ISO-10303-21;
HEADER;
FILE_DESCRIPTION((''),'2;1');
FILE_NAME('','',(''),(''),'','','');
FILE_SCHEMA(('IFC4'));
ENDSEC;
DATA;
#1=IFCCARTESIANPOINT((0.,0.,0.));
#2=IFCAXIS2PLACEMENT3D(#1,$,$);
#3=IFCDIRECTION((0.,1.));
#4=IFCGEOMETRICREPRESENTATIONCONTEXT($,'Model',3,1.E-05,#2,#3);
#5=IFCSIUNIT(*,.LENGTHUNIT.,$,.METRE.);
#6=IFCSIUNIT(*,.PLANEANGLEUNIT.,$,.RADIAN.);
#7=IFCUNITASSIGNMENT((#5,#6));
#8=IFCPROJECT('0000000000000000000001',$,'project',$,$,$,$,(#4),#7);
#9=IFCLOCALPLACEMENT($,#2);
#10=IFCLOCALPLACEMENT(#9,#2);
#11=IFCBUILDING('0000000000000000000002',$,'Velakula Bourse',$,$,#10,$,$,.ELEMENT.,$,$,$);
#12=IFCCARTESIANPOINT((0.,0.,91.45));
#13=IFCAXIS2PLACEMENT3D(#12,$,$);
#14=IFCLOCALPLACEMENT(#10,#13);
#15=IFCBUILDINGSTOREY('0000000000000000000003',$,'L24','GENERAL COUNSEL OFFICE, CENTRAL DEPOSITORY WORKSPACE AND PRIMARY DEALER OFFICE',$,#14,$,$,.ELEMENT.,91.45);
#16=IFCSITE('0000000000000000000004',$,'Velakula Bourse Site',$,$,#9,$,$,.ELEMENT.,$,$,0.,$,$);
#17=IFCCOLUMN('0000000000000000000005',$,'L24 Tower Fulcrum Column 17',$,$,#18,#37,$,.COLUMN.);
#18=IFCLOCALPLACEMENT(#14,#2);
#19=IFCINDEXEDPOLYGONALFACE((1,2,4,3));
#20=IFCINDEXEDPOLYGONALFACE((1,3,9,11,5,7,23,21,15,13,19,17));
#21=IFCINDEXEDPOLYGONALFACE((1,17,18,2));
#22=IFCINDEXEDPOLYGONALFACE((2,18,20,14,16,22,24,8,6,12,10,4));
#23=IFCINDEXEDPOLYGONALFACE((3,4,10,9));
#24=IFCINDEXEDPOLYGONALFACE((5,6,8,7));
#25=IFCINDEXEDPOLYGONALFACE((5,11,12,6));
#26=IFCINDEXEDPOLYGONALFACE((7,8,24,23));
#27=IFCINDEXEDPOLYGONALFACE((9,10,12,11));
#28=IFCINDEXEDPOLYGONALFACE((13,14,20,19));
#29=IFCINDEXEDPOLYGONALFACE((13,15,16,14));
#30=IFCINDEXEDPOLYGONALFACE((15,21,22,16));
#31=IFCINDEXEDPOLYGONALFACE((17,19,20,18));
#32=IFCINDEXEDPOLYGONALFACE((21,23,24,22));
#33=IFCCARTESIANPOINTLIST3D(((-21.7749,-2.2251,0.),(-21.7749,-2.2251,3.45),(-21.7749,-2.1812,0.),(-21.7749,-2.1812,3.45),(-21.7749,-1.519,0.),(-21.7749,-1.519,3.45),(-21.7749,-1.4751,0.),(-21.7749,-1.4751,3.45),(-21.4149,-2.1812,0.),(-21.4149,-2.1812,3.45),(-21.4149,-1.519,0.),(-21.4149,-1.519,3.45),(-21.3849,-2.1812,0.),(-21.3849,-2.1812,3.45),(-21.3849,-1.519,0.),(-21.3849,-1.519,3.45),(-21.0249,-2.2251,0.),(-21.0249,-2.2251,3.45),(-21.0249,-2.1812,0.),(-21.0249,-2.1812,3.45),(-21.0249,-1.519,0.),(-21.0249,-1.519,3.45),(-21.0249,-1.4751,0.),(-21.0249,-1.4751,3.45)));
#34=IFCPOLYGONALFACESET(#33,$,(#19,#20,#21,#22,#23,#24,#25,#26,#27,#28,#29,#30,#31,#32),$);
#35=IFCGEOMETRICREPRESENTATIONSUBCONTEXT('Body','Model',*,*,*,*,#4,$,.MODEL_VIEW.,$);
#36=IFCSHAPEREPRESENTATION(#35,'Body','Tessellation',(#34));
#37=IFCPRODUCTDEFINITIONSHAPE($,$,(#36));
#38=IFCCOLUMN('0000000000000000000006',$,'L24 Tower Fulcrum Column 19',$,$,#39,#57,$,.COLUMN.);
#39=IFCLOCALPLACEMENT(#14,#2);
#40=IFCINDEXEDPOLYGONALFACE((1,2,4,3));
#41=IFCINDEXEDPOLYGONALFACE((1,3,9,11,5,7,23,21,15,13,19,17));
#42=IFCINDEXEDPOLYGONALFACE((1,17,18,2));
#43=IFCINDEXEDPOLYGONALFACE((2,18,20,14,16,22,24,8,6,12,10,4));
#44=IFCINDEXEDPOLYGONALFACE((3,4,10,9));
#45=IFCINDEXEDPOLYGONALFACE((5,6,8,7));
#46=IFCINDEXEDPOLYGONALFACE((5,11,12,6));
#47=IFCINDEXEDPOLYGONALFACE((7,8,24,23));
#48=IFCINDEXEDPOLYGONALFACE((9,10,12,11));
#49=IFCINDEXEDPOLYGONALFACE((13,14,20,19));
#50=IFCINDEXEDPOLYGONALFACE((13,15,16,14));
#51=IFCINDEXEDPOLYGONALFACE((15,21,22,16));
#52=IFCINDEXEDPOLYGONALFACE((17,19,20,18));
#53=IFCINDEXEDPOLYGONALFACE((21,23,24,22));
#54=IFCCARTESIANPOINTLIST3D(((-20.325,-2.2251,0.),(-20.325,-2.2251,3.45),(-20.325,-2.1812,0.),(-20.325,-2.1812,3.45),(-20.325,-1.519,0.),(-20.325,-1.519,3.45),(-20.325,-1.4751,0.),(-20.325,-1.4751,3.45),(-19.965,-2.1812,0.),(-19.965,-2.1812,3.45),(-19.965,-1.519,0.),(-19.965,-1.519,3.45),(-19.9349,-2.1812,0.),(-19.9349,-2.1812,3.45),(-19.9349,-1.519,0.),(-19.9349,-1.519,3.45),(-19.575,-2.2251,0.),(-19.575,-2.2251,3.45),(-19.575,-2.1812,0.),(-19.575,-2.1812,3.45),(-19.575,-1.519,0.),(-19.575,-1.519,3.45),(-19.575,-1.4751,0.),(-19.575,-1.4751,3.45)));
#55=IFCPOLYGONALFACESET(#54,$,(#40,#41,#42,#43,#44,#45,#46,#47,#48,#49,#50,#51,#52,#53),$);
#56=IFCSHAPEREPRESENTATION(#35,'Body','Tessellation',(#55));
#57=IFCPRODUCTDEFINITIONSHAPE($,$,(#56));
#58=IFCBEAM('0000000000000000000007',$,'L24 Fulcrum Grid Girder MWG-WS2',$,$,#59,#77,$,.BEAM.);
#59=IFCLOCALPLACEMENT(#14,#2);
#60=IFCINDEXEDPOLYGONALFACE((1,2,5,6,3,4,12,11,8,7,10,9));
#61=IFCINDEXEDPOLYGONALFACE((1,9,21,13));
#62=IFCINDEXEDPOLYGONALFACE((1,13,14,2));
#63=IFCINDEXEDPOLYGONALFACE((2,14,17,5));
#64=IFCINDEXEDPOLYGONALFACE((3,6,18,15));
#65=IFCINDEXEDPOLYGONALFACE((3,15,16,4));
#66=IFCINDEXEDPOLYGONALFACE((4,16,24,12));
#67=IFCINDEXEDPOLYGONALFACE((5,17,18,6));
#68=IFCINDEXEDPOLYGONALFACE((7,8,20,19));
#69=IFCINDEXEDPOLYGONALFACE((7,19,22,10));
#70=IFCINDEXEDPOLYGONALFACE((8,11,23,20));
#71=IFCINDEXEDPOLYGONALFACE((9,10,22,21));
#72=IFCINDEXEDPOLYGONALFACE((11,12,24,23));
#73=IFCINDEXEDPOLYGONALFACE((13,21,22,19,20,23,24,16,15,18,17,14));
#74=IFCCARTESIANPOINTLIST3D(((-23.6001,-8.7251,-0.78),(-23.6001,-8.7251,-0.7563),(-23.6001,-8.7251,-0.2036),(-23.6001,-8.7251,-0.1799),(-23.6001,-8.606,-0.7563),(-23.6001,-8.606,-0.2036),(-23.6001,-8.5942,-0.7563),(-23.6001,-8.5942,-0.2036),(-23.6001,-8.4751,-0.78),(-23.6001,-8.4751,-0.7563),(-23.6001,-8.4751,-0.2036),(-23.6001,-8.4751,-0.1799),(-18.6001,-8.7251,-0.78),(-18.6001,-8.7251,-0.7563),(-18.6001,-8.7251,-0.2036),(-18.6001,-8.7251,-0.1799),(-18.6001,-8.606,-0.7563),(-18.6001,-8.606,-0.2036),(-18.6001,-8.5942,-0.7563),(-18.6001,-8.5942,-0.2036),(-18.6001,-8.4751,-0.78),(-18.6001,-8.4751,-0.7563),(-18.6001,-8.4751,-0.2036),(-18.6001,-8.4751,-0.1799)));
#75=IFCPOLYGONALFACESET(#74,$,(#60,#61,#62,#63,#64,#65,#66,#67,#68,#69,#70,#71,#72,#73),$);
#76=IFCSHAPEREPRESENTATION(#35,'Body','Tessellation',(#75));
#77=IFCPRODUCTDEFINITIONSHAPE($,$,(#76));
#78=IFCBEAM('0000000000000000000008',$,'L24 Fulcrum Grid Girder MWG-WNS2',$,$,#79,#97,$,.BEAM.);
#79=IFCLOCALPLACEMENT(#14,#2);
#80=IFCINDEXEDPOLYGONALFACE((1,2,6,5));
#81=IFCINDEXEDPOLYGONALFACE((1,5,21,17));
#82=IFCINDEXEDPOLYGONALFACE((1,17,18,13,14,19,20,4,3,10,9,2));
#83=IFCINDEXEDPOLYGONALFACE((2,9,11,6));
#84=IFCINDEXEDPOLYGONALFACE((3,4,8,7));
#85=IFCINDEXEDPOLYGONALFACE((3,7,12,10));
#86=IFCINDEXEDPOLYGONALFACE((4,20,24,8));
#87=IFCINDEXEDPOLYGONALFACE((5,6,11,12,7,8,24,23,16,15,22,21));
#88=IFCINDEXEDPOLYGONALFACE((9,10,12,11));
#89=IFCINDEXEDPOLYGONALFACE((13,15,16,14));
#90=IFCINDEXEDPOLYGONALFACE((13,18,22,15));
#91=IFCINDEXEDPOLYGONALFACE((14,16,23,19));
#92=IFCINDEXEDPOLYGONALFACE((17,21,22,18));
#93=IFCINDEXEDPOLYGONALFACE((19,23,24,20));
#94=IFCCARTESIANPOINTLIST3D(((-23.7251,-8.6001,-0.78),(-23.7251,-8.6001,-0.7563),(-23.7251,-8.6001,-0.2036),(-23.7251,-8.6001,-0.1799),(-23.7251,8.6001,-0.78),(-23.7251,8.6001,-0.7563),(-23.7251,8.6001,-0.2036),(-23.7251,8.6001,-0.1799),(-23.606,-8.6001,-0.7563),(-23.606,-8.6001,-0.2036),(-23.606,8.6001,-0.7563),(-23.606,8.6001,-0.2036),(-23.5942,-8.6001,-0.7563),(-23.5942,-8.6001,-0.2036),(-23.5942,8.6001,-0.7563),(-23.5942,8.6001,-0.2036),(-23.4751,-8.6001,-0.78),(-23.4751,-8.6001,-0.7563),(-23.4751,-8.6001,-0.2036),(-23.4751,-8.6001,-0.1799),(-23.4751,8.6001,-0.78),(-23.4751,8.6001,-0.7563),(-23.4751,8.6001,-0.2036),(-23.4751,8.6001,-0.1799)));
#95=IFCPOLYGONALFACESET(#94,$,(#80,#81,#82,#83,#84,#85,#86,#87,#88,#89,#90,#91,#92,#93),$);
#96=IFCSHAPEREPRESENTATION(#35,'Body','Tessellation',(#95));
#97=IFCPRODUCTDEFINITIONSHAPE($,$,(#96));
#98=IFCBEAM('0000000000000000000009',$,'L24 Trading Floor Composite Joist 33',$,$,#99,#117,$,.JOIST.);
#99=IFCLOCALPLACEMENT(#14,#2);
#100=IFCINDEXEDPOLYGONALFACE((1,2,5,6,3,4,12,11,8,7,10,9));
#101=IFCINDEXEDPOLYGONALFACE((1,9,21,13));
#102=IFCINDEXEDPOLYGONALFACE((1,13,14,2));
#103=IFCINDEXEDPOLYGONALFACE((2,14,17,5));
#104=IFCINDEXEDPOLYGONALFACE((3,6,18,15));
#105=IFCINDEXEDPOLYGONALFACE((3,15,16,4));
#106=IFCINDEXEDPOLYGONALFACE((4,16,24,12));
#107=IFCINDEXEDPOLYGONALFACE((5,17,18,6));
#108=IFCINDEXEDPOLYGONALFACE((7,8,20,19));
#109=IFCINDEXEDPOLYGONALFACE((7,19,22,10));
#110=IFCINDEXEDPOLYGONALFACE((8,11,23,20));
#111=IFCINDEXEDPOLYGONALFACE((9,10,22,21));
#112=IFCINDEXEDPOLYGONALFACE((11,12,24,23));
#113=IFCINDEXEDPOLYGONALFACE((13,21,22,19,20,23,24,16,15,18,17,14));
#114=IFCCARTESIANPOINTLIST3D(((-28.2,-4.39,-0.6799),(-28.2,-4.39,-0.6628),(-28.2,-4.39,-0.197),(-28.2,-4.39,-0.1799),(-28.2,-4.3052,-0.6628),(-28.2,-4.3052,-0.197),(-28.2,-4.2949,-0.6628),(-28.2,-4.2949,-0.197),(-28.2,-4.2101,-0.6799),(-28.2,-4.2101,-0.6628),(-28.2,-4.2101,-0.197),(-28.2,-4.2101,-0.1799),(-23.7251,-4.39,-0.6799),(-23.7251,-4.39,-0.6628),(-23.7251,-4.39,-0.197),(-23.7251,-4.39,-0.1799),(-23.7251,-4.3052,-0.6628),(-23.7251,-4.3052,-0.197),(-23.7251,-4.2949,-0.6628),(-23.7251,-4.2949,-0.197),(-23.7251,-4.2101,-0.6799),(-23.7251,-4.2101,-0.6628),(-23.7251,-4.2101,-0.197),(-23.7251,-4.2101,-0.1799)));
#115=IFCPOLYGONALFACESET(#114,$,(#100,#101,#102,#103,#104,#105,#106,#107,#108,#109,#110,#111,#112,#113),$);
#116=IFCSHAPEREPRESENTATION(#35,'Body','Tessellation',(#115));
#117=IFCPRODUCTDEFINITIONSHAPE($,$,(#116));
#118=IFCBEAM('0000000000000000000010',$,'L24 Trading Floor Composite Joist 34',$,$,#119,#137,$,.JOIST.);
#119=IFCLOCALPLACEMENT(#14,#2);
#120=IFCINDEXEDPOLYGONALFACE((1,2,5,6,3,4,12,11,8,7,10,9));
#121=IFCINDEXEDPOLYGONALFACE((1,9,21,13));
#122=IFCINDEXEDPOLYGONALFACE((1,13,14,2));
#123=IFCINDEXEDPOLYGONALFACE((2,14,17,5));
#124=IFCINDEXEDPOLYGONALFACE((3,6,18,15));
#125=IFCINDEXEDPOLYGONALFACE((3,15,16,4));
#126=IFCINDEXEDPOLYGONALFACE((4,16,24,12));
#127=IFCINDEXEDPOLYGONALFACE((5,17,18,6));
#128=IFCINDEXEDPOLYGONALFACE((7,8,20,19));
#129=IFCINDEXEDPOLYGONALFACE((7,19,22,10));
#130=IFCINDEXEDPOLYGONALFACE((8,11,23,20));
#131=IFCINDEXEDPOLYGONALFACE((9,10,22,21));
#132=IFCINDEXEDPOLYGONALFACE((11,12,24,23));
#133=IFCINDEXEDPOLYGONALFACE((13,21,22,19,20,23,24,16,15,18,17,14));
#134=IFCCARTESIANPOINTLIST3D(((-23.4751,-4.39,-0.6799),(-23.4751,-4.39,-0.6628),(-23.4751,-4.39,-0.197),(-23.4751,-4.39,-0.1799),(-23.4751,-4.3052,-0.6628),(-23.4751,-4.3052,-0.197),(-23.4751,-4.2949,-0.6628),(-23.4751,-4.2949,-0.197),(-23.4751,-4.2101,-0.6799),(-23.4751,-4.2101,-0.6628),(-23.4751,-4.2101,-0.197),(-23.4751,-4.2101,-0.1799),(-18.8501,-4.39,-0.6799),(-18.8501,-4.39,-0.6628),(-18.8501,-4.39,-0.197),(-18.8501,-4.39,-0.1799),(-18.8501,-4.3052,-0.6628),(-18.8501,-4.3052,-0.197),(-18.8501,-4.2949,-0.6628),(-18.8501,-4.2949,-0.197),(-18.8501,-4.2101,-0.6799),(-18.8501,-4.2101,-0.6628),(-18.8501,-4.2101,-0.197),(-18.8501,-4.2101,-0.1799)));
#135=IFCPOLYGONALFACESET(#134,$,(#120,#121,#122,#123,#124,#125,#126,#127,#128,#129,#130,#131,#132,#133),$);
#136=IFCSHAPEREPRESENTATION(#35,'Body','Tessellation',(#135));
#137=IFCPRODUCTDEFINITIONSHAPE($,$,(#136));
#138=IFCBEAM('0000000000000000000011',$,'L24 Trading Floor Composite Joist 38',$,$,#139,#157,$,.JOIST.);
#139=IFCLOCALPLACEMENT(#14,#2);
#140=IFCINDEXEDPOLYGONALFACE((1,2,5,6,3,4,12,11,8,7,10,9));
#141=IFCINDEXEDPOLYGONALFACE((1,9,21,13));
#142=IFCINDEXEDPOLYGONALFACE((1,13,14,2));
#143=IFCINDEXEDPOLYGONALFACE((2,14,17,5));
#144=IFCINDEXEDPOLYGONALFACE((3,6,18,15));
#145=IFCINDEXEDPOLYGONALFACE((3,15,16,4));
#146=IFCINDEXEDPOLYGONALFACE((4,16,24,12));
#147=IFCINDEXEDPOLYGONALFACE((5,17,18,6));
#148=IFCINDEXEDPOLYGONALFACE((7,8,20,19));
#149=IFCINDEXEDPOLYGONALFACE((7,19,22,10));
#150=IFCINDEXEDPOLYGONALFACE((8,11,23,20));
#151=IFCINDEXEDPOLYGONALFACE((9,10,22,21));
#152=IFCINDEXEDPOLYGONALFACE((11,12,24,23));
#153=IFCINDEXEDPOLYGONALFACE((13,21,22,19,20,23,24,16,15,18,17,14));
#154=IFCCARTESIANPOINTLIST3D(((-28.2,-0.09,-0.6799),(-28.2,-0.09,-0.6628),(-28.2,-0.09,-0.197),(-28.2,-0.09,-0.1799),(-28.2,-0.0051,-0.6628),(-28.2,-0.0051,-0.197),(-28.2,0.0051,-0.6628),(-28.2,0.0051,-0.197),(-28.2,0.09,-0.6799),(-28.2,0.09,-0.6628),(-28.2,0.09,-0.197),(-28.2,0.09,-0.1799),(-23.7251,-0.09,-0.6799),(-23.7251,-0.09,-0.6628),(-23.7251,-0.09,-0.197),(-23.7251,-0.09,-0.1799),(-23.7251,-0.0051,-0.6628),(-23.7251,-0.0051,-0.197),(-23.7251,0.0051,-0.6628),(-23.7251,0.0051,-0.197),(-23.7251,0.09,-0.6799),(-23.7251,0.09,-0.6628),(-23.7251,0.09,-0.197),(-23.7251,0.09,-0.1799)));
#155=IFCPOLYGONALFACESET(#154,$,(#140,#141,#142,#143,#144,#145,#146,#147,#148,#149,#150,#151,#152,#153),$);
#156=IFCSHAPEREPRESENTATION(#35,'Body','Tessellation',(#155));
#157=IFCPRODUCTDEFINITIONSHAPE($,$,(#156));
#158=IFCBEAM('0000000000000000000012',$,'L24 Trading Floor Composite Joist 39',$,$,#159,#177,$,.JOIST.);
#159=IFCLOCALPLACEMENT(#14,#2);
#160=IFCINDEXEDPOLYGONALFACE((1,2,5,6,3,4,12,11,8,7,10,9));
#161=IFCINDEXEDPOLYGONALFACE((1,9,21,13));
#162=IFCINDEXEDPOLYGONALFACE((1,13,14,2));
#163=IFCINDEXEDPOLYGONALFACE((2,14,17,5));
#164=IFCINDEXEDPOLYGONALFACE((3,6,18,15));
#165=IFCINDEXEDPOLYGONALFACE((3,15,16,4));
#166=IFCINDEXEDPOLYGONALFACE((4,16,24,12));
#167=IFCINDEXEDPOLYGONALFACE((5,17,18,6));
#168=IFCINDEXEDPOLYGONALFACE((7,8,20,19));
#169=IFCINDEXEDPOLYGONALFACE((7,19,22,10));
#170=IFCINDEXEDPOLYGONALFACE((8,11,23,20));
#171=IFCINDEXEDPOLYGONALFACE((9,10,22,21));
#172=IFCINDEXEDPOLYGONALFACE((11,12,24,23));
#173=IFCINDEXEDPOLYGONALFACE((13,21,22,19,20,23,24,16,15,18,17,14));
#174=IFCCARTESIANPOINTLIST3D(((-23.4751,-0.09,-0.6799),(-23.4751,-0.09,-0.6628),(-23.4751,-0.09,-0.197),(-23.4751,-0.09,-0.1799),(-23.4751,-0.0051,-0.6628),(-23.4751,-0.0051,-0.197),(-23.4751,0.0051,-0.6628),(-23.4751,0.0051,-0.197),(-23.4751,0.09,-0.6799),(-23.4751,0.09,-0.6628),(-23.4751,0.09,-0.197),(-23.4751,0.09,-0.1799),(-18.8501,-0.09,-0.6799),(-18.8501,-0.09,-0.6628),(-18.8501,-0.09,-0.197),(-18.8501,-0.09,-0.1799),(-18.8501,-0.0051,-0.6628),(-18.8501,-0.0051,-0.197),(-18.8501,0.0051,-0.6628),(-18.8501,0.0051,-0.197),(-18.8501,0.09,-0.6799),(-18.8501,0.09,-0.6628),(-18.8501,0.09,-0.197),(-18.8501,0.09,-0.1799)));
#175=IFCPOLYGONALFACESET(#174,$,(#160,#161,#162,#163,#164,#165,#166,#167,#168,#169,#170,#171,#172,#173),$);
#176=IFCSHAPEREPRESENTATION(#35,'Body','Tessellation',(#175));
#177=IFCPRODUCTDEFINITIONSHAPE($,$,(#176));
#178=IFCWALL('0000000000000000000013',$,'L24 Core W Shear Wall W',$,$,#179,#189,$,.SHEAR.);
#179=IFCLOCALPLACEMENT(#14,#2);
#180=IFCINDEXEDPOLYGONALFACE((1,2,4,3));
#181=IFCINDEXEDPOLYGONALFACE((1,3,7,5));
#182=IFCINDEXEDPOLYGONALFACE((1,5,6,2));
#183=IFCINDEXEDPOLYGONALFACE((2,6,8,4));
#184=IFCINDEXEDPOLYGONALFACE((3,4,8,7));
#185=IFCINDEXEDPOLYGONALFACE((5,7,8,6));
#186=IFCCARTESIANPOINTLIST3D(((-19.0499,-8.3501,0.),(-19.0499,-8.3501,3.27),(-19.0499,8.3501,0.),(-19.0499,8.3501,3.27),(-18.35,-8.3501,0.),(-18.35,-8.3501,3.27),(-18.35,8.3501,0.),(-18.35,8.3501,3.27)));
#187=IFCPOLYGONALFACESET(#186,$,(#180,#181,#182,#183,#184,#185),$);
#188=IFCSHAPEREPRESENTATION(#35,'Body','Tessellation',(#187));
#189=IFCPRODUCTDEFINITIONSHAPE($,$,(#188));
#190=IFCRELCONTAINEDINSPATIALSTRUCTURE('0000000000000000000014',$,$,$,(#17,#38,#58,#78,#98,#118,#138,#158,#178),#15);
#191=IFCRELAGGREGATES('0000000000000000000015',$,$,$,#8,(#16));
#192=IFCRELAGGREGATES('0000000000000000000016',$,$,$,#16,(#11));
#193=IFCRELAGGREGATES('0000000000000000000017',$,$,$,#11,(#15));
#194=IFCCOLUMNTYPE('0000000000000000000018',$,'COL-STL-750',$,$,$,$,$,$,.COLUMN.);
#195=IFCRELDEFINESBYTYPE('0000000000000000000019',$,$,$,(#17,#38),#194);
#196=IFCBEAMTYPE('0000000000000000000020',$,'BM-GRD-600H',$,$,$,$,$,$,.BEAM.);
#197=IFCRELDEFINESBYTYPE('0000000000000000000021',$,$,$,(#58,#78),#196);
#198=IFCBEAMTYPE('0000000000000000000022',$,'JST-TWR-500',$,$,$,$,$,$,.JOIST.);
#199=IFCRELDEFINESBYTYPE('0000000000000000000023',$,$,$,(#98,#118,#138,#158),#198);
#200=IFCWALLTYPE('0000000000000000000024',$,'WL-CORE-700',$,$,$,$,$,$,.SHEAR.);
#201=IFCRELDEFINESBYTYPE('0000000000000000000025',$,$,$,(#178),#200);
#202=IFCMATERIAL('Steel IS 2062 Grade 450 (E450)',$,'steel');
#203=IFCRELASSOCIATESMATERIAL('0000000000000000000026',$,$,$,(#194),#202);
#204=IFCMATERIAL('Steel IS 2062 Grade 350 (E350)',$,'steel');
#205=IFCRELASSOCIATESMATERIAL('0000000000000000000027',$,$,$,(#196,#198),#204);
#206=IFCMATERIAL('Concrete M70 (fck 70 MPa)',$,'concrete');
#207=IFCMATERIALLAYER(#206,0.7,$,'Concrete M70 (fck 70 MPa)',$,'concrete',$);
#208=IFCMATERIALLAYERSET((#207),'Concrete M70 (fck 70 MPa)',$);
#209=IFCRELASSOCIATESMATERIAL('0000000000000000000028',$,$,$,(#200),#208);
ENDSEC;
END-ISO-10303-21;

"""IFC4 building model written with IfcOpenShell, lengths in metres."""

from ifc_helpers import new_model, si_unit, direction, frame, frame_2d, origin, origin_2d, place, context, subcontext, project, spatial, rectangle, i_section, extrude, material, layer, layer_set, material_profile, profile_set, type_object, element, save


model = new_model("IFC4")

# Units and contexts
model_context = context("Model", 3, precision=1e-05, world=origin(), true_north=direction((0.0, 1.0)))
body_context = subcontext(model_context, "Body", "Model", "MODEL_VIEW")
ifc_project = project(units=[si_unit("LENGTHUNIT", "METRE"), si_unit("PLANEANGLEUNIT", "RADIAN")], contexts=[model_context])

# Site, building, storey
site_placement = place(None, origin())
site = spatial("IfcSite", under=ifc_project, at=site_placement, Name="Velakula Bourse Site", CompositionType="ELEMENT", RefElevation=0.0)
building_placement = place(site_placement, origin())
building = spatial("IfcBuilding", under=site, at=building_placement, Name="Velakula Bourse", CompositionType="ELEMENT")
storey_placement = place(building_placement, frame((0.0, 0.0, 91.45)))
storey = spatial("IfcBuildingStorey", under=building, at=storey_placement, Name="L24", Description="GENERAL COUNSEL OFFICE, CENTRAL DEPOSITORY WORKSPACE AND PRIMARY DEALER OFFICE", CompositionType="ELEMENT", Elevation=91.45)

# Columns
ifc_material_1 = material(Name="Steel IS 2062 Grade 450 (E450)", Category="steel")
ifc_material_profile_1 = material_profile(ifc_material_1, i_section(OverallWidth=0.75, OverallDepth=0.75, WebThickness=0.03, FlangeThickness=0.0439, at=origin_2d()), Name="Steel IS 2062 Grade 450 (E450)")
ifc_profile_set_1 = profile_set([ifc_material_profile_1], Name="Steel IS 2062 Grade 450 (E450)")
column_type = type_object("IfcColumnType", Name="COL-STL-750", PredefinedType="COLUMN", material=ifc_profile_set_1)
for number, where, z_axis, x_axis, name in (
    (1, (-21.3999, -1.8501, 0.0), (0.0, 0.0, 1.0), (1.0, 0.0, 0.0), "L24 Tower Fulcrum Column 17"),
    (2, (-19.95, -1.8501, 0.0), (0.0, 0.0, 1.0), (1.0, 0.0, 0.0), "L24 Tower Fulcrum Column 19"),
):
    element("IfcColumn", number, at=place(storey_placement, frame(where, z_axis=z_axis, x_axis=x_axis)), inside=storey, type_object=column_type, Name=name, PredefinedType="COLUMN", context=body_context, shape_type="SweptSolid", body=[
        extrude(i_section(OverallWidth=0.75, OverallDepth=0.75, WebThickness=0.03, FlangeThickness=0.0439, at=origin_2d()), origin(), (0.0, 0.0, 1.0), 3.45),
    ])

# Beams
ifc_material_2 = material(Name="Steel IS 2062 Grade 350 (E350)", Category="steel")
ifc_material_profile_2 = material_profile(ifc_material_2, i_section(OverallWidth=0.25, OverallDepth=0.6001, WebThickness=0.0117, FlangeThickness=0.0237, at=origin_2d()), Name="Steel IS 2062 Grade 350 (E350)")
ifc_profile_set_2 = profile_set([ifc_material_profile_2], Name="Steel IS 2062 Grade 350 (E350)")
beam_type_1 = type_object("IfcBeamType", Name="BM-GRD-600H", PredefinedType="BEAM", material=ifc_profile_set_2)
beam_1_placement = place(storey_placement, frame((-23.6001, -8.6001, -0.48), z_axis=(1.0, 0.0, 0.0), x_axis=(0.0, 1.0, 0.0)))
element("IfcBeam", 3, at=beam_1_placement, inside=storey, type_object=beam_type_1, Name="L24 Fulcrum Grid Girder MWG-WS2", PredefinedType="BEAM", context=body_context, shape_type="SweptSolid", body=[
    extrude(i_section(OverallWidth=0.25, OverallDepth=0.6001, WebThickness=0.0117, FlangeThickness=0.0237, at=origin_2d()), origin(), (0.0, 0.0, 1.0), 5.0),
])
beam_2_placement = place(storey_placement, frame((-23.6001, -8.6001, -0.48), z_axis=(0.0, 1.0, 0.0), x_axis=(-1.0, 0.0, 0.0)))
element("IfcBeam", 4, at=beam_2_placement, inside=storey, type_object=beam_type_1, Name="L24 Fulcrum Grid Girder MWG-WNS2", PredefinedType="BEAM", context=body_context, shape_type="SweptSolid", body=[
    extrude(i_section(OverallWidth=0.25, OverallDepth=0.6001, WebThickness=0.0117, FlangeThickness=0.0237, at=origin_2d()), origin(), (0.0, 0.0, 1.0), 17.2002),
])
ifc_material_profile_3 = material_profile(ifc_material_2, i_section(OverallWidth=0.1799, OverallDepth=0.5, WebThickness=0.0103, FlangeThickness=0.0171, at=origin_2d()), Name="Steel IS 2062 Grade 350 (E350)")
ifc_profile_set_3 = profile_set([ifc_material_profile_3], Name="Steel IS 2062 Grade 350 (E350)")
beam_type_2 = type_object("IfcBeamType", Name="JST-TWR-500", PredefinedType="JOIST", material=ifc_profile_set_3)
beam_3_placement = place(storey_placement, frame((-28.2, -4.3, -0.4299), z_axis=(1.0, 0.0, 0.0), x_axis=(0.0, 1.0, 0.0)))
element("IfcBeam", 5, at=beam_3_placement, inside=storey, type_object=beam_type_2, Name="L24 Trading Floor Composite Joist 33", PredefinedType="JOIST", context=body_context, shape_type="SweptSolid", body=[
    extrude(i_section(OverallWidth=0.1799, OverallDepth=0.5, WebThickness=0.0103, FlangeThickness=0.0171, at=origin_2d()), origin(), (0.0, 0.0, 1.0), 4.4749),
])
beam_4_placement = place(storey_placement, frame((-23.4751, -4.3, -0.4299), z_axis=(1.0, 0.0, 0.0), x_axis=(0.0, 1.0, 0.0)))
element("IfcBeam", 6, at=beam_4_placement, inside=storey, type_object=beam_type_2, Name="L24 Trading Floor Composite Joist 34", PredefinedType="JOIST", context=body_context, shape_type="SweptSolid", body=[
    extrude(i_section(OverallWidth=0.1799, OverallDepth=0.5, WebThickness=0.0103, FlangeThickness=0.0171, at=origin_2d()), origin(), (0.0, 0.0, 1.0), 4.625),
])
beam_5_placement = place(storey_placement, frame((-28.2, 0.0, -0.4299), z_axis=(1.0, 0.0, 0.0), x_axis=(0.0, 1.0, 0.0)))
element("IfcBeam", 7, at=beam_5_placement, inside=storey, type_object=beam_type_2, Name="L24 Trading Floor Composite Joist 38", PredefinedType="JOIST", context=body_context, shape_type="SweptSolid", body=[
    extrude(i_section(OverallWidth=0.1799, OverallDepth=0.5, WebThickness=0.0103, FlangeThickness=0.0171, at=origin_2d()), origin(), (0.0, 0.0, 1.0), 4.4749),
])
beam_6_placement = place(storey_placement, frame((-23.4751, 0.0, -0.4299), z_axis=(1.0, 0.0, 0.0), x_axis=(0.0, 1.0, 0.0)))
element("IfcBeam", 8, at=beam_6_placement, inside=storey, type_object=beam_type_2, Name="L24 Trading Floor Composite Joist 39", PredefinedType="JOIST", context=body_context, shape_type="SweptSolid", body=[
    extrude(i_section(OverallWidth=0.1799, OverallDepth=0.5, WebThickness=0.0103, FlangeThickness=0.0171, at=origin_2d()), origin(), (0.0, 0.0, 1.0), 4.625),
])

# Wall
ifc_material_3 = material(Name="Concrete M70 (fck 70 MPa)", Category="concrete")
ifc_layer_1 = layer(ifc_material_3, 0.7, Name="Concrete M70 (fck 70 MPa)", Category="concrete")
ifc_layer_set_1 = layer_set([ifc_layer_1], Name="Concrete M70 (fck 70 MPa)")
wall_type_1 = type_object("IfcWallType", Name="WL-CORE-700", PredefinedType="SHEAR", material=ifc_layer_set_1)
wall_1_placement = place(storey_placement, frame((-18.7, -8.3501, 0.0), z_axis=(0.0, 0.0, 1.0), x_axis=(0.0, 1.0, 0.0)))
element("IfcWall", 9, at=wall_1_placement, inside=storey, type_object=wall_type_1, Name="L24 Core W Shear Wall W", PredefinedType="SHEAR", context=body_context, shape_type="SweptSolid", body=[
    extrude(rectangle(XDim=16.7002, YDim=0.7, at=frame_2d((8.3501, 0.0))), origin(), (0.0, 0.0, 1.0), 3.27),
])

save(model, "model.ifc")
